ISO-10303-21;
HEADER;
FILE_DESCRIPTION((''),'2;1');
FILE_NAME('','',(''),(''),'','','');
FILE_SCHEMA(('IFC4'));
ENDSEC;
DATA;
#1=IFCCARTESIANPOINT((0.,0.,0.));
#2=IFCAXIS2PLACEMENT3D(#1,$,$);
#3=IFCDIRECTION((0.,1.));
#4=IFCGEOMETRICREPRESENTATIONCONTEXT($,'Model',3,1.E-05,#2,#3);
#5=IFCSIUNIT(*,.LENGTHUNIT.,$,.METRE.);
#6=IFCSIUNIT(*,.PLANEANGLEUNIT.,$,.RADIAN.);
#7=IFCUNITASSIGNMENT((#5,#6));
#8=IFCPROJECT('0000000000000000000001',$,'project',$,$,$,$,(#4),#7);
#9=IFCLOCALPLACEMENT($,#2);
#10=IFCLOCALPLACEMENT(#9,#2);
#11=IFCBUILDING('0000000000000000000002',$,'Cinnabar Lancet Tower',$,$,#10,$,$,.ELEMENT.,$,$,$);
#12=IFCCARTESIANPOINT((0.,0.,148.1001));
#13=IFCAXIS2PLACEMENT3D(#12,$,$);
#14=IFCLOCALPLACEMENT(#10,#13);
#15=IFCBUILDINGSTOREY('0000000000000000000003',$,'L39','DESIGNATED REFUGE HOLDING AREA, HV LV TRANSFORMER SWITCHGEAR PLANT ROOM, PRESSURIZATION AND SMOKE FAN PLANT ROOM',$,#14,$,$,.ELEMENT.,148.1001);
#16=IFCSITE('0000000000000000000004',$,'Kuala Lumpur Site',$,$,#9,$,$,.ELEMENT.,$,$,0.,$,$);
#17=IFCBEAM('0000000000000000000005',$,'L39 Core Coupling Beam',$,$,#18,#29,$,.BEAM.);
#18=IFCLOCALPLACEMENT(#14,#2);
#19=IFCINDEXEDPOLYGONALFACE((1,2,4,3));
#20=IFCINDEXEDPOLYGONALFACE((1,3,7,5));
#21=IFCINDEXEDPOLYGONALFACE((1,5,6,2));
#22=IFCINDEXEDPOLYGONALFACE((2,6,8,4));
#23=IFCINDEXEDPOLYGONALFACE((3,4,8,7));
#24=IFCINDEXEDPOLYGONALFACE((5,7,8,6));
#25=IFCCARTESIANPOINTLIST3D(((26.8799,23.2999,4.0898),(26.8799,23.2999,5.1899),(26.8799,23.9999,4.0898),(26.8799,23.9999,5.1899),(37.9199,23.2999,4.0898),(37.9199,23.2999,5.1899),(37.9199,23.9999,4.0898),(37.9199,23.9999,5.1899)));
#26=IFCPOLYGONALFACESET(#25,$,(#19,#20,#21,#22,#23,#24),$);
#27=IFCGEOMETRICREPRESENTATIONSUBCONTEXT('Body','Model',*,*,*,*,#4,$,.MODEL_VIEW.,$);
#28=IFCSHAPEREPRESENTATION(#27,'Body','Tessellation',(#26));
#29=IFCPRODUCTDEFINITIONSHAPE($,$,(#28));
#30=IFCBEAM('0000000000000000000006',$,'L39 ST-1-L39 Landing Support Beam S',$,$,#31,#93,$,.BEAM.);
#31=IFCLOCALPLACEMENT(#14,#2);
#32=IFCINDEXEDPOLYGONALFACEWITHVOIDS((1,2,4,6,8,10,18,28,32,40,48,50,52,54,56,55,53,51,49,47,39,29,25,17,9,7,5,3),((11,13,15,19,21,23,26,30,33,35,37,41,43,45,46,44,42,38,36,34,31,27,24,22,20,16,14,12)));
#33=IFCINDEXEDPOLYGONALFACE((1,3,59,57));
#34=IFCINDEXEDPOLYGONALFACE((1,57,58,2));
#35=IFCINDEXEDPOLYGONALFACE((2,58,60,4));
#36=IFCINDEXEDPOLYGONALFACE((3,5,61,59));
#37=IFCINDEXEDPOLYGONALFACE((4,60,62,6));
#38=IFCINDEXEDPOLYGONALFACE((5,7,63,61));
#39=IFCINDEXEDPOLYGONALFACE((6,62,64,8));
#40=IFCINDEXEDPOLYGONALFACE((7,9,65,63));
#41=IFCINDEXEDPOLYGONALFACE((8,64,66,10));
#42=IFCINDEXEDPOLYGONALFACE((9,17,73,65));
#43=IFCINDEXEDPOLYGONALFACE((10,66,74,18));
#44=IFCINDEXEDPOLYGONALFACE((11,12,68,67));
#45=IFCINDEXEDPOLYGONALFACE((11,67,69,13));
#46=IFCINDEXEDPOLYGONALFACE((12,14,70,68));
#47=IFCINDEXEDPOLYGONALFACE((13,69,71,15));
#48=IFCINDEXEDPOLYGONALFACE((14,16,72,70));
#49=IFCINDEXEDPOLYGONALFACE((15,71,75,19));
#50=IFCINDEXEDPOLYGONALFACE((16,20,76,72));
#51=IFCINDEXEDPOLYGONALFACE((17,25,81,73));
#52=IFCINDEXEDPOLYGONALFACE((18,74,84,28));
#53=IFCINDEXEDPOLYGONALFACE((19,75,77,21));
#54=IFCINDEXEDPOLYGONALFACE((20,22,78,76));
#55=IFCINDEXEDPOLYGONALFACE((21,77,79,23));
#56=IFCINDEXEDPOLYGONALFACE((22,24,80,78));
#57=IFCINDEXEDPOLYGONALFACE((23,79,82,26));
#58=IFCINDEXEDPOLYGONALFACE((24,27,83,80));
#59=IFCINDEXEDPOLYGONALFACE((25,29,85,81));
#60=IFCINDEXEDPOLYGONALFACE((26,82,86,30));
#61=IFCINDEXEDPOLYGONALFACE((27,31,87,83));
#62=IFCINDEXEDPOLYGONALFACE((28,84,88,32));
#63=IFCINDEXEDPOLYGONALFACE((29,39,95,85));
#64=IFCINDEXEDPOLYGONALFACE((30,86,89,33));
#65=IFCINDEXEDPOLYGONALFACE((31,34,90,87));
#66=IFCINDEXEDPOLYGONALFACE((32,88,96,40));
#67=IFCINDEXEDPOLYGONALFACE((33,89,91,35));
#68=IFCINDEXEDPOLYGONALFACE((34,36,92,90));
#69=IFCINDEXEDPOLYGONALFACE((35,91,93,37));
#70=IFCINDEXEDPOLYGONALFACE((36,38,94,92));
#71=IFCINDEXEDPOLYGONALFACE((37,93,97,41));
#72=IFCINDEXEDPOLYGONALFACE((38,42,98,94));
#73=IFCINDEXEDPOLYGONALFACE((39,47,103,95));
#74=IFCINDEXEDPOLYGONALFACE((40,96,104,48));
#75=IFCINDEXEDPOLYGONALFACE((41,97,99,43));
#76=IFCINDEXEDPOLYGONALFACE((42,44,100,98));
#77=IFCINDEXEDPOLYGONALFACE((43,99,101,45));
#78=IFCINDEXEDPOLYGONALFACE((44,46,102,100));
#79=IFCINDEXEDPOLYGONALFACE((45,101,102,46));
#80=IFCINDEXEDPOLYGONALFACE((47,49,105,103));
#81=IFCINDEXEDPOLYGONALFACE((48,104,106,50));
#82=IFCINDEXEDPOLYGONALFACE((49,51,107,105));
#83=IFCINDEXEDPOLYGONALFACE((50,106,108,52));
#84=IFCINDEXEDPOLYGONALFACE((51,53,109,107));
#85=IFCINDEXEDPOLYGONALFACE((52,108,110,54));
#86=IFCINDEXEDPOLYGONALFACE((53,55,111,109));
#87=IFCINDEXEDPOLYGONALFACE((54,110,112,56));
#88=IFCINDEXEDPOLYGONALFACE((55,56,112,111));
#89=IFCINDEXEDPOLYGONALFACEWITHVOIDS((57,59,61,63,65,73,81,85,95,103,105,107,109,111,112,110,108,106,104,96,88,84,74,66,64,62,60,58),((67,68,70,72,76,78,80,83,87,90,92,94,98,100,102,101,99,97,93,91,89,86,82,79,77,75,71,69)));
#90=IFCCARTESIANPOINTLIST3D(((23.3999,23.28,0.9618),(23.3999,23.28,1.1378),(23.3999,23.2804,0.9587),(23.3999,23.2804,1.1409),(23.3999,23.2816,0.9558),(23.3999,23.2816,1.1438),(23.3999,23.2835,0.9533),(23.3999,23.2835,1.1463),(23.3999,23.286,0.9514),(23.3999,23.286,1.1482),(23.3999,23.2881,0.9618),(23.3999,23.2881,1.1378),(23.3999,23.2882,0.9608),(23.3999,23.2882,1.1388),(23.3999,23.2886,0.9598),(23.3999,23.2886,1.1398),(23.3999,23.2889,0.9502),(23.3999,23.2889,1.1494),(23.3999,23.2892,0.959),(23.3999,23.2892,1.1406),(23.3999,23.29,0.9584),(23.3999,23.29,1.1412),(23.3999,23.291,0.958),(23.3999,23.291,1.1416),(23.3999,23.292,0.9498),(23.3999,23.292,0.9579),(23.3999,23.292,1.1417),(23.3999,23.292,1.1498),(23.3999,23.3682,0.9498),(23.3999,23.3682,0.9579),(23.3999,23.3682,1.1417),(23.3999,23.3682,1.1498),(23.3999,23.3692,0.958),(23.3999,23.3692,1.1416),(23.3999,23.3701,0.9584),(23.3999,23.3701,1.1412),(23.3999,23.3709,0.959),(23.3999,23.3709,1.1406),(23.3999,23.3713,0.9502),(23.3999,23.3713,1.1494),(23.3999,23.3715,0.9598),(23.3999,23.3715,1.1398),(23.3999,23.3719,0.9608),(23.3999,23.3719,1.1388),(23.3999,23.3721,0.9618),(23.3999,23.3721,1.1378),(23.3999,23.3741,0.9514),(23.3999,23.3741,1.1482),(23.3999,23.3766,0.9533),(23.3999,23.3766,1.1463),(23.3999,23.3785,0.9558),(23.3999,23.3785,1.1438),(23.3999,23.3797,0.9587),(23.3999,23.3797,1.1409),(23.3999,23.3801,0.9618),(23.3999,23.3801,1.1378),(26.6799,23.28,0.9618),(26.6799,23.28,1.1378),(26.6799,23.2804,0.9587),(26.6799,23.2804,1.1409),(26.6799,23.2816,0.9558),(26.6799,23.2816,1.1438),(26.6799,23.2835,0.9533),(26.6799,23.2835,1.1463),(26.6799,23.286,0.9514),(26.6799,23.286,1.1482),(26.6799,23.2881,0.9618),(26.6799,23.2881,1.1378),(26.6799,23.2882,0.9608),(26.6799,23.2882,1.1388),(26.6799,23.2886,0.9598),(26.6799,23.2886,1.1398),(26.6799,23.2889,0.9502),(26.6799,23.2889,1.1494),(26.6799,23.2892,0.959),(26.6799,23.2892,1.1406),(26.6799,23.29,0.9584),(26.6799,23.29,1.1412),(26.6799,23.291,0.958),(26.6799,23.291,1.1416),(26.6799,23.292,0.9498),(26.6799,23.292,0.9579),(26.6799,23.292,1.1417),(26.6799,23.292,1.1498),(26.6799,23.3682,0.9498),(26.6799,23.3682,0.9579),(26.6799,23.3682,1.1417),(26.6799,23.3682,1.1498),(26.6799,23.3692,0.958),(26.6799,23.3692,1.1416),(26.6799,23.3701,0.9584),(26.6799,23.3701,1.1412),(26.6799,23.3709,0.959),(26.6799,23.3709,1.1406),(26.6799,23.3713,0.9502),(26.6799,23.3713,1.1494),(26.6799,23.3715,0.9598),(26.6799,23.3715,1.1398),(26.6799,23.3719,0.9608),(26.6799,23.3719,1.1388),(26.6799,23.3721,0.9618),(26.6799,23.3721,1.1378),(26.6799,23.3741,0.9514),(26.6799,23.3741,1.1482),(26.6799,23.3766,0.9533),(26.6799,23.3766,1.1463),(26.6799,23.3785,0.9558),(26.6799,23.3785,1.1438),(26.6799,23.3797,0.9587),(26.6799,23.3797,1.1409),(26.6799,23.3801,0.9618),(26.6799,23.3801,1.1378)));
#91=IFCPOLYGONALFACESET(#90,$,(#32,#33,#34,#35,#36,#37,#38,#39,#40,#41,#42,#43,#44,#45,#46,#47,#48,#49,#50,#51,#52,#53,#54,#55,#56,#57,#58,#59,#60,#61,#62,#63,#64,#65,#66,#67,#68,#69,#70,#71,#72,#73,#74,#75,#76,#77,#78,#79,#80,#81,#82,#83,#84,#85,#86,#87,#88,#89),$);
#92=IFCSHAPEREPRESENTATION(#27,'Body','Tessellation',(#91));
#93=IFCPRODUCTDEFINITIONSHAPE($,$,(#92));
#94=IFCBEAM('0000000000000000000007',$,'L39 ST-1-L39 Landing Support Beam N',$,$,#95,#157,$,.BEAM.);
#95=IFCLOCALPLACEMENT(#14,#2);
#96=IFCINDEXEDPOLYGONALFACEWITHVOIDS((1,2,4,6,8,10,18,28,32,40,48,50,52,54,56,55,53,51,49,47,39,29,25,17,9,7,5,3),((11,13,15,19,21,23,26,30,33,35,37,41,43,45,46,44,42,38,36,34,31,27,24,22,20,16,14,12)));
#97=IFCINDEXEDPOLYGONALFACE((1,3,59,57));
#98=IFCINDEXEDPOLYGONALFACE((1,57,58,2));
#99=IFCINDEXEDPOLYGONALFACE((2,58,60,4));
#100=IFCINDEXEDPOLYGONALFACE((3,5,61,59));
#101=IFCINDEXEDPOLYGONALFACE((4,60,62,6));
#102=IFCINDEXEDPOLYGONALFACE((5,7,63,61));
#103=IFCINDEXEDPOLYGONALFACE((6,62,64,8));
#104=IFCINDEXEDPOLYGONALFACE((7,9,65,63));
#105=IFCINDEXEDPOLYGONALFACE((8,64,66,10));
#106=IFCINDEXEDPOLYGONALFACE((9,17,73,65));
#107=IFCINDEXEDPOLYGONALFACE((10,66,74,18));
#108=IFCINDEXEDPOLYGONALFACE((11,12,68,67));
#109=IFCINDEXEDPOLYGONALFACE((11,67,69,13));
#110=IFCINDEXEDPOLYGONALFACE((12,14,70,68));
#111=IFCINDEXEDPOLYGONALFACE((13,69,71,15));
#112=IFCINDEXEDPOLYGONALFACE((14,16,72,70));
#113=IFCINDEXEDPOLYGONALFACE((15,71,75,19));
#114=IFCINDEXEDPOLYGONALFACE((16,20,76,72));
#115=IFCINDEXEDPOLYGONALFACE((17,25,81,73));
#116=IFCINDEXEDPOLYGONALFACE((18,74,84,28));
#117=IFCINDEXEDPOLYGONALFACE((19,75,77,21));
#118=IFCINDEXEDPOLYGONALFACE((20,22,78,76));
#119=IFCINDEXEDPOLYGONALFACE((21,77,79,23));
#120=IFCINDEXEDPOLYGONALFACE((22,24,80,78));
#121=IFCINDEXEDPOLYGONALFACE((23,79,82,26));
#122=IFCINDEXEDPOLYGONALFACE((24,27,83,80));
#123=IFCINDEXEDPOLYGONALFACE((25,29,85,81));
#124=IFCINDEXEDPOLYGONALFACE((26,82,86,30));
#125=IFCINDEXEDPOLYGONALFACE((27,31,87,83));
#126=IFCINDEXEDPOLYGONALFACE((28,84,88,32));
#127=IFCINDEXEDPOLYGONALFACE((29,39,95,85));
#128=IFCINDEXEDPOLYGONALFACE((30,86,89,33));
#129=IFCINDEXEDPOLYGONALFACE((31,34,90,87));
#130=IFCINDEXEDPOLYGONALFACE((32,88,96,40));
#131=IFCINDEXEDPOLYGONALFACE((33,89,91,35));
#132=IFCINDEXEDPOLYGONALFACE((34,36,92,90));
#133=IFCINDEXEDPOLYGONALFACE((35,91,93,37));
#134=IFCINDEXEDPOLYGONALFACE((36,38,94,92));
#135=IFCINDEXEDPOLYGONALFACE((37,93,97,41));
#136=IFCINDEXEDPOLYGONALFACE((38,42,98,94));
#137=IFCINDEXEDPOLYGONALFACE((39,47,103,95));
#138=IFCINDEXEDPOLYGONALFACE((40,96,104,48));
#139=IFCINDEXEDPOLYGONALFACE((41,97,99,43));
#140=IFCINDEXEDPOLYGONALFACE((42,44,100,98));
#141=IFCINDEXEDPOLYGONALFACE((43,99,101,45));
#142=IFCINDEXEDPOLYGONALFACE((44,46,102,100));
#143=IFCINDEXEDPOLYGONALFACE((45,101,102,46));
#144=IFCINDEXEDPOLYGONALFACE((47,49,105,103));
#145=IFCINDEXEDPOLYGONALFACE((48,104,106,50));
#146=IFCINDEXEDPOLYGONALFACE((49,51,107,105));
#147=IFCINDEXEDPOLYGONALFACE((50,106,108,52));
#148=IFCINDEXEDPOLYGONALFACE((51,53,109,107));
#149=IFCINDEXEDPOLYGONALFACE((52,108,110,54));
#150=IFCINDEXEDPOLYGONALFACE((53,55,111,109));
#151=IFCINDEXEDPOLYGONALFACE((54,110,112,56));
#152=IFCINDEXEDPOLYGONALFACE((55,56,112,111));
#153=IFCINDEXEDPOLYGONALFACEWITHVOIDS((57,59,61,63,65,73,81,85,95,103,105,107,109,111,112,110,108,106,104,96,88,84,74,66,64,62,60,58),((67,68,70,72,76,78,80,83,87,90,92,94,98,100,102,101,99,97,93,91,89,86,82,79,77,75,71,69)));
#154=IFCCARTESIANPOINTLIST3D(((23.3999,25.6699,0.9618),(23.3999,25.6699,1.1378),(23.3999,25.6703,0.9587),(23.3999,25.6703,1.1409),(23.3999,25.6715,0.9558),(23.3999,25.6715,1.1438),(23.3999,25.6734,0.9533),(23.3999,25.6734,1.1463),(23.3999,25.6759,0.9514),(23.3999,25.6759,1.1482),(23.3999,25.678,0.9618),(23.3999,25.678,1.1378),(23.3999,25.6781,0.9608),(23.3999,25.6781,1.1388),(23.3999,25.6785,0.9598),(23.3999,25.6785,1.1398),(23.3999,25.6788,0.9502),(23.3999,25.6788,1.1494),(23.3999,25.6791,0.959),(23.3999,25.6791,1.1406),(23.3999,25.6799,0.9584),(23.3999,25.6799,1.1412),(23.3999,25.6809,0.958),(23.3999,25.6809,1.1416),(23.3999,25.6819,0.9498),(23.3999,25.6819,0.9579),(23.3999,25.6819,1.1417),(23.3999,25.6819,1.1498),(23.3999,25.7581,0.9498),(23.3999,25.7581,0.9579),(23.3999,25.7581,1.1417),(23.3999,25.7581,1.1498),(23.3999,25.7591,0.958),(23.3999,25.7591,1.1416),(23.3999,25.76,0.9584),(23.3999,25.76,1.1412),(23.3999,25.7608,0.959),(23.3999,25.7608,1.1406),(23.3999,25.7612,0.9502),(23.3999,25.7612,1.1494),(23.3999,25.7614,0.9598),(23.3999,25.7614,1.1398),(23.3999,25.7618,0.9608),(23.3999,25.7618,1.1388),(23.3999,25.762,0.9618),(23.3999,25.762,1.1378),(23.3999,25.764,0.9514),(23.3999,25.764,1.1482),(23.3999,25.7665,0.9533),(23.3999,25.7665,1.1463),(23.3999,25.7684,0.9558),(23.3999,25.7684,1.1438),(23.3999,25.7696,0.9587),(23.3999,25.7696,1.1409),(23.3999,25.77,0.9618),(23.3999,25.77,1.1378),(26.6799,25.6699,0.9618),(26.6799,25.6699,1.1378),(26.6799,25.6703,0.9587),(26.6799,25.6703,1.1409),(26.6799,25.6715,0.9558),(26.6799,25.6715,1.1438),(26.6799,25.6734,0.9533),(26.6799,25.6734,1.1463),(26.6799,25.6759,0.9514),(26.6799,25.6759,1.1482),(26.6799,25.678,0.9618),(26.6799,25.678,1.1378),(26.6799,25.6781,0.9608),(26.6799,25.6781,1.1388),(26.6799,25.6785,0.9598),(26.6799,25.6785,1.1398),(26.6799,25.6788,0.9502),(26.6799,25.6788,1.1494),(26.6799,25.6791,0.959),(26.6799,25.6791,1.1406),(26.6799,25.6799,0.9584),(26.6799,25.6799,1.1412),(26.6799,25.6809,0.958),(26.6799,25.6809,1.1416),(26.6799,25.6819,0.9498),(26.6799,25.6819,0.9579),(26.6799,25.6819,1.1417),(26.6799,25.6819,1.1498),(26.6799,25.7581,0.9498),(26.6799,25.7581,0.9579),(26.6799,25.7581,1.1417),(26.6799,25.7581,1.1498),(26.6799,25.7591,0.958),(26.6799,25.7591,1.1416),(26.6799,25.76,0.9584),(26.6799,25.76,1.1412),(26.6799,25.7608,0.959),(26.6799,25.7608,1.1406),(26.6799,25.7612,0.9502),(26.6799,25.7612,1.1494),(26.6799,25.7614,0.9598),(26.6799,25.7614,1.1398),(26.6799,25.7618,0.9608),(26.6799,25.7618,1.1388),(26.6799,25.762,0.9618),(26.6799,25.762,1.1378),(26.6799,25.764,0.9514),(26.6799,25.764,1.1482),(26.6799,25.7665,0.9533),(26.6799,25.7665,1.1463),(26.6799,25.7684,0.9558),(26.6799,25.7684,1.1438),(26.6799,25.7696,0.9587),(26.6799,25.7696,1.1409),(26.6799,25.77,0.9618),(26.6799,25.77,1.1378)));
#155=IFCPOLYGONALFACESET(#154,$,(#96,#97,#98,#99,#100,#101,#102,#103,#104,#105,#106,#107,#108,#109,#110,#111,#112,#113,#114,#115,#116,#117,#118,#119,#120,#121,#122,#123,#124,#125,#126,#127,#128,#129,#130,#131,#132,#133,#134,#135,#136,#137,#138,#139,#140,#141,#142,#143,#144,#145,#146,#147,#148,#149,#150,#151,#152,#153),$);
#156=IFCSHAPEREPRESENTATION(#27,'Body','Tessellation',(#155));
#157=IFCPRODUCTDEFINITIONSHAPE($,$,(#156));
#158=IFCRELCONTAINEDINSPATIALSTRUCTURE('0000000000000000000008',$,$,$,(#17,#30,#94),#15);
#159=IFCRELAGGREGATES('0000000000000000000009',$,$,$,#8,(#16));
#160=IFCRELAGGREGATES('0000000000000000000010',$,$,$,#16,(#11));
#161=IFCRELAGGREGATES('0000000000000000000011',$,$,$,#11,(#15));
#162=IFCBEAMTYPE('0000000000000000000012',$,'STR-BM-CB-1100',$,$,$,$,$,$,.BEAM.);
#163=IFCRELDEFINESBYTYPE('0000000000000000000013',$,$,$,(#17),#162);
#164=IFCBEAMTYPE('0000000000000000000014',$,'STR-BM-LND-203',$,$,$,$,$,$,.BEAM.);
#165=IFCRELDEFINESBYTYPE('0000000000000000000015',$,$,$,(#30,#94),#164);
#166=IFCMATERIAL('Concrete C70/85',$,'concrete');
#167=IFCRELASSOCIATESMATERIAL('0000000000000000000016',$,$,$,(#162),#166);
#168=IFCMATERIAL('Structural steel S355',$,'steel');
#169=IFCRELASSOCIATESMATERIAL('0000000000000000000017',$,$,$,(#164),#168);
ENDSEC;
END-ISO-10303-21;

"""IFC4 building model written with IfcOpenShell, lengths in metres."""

from ifc_helpers import new_model, si_unit, direction, frame, origin, origin_2d, place, context, subcontext, project, spatial, rectangle, hollow_rectangle, extrude, material, material_profile, profile_set, type_object, element, save


model = new_model("IFC4")

# Units and contexts
model_context = context("Model", 3, precision=1e-05, world=origin(), true_north=direction((0.0, 1.0)))
body_context = subcontext(model_context, "Body", "Model", "MODEL_VIEW")
ifc_project = project(units=[si_unit("LENGTHUNIT", "METRE"), si_unit("PLANEANGLEUNIT", "RADIAN")], contexts=[model_context])

# Site, building, storey
site_placement = place(None, origin())
site = spatial("IfcSite", under=ifc_project, at=site_placement, Name="Kuala Lumpur Site", CompositionType="ELEMENT", RefElevation=0.0)
building_placement = place(site_placement, origin())
building = spatial("IfcBuilding", under=site, at=building_placement, Name="Cinnabar Lancet Tower", CompositionType="ELEMENT")
storey_placement = place(building_placement, frame((0.0, 0.0, 148.1001)))
storey = spatial("IfcBuildingStorey", under=building, at=storey_placement, Name="L39", Description="DESIGNATED REFUGE HOLDING AREA, HV LV TRANSFORMER SWITCHGEAR PLANT ROOM, PRESSURIZATION AND SMOKE FAN PLANT ROOM", CompositionType="ELEMENT", Elevation=148.1001)

# Beams
ifc_material_1 = material(Name="Concrete C70/85", Category="concrete")
ifc_material_profile_1 = material_profile(ifc_material_1, rectangle(XDim=0.7, YDim=1.1001, at=origin_2d()), Name="RC-CB 700x1100")
ifc_profile_set_1 = profile_set([ifc_material_profile_1], Name="Concrete C70/85")
beam_type_1 = type_object("IfcBeamType", Name="STR-BM-CB-1100", PredefinedType="BEAM", material=ifc_profile_set_1)
beam_1_placement = place(storey_placement, frame((26.8799, 23.6499, 4.6399), z_axis=(1.0, 0.0, 0.0), x_axis=(0.0, 1.0, 0.0)))
element("IfcBeam", 1, at=beam_1_placement, inside=storey, type_object=beam_type_1, Name="L39 Core Coupling Beam", PredefinedType="BEAM", context=body_context, shape_type="SweptSolid", body=[
    extrude(rectangle(XDim=0.7, YDim=1.1001, at=origin_2d()), origin(), (0.0, 0.0, 1.0), 11.04),
])
ifc_material_2 = material(Name="Structural steel S355", Category="steel")
ifc_material_profile_2 = material_profile(ifc_material_2, hollow_rectangle(XDim=0.1001, YDim=0.2, WallThickness=0.0081, InnerFilletRadius=0.0039, OuterFilletRadius=0.012, at=origin_2d()), Name="RHS 200x100x8")
ifc_profile_set_2 = profile_set([ifc_material_profile_2], Name="Structural steel S355")
beam_type_2 = type_object("IfcBeamType", Name="STR-BM-LND-203", PredefinedType="BEAM", material=ifc_profile_set_2)
for number, where, z_axis, x_axis, name in (
    (2, (23.3999, 23.3301, 1.0498), (1.0, 0.0, 0.0), (0.0, 1.0, 0.0), "L39 ST-1-L39 Landing Support Beam S"),
    (3, (23.3999, 25.72, 1.0498), (1.0, 0.0, 0.0), (0.0, 1.0, 0.0), "L39 ST-1-L39 Landing Support Beam N"),
):
    element("IfcBeam", number, at=place(storey_placement, frame(where, z_axis=z_axis, x_axis=x_axis)), inside=storey, type_object=beam_type_2, Name=name, PredefinedType="BEAM", context=body_context, shape_type="SweptSolid", body=[
        extrude(hollow_rectangle(XDim=0.1001, YDim=0.2, WallThickness=0.0081, InnerFilletRadius=0.0039, OuterFilletRadius=0.012, at=origin_2d()), origin(), (0.0, 0.0, 1.0), 3.28),
    ])

save(model, "model.ifc")
